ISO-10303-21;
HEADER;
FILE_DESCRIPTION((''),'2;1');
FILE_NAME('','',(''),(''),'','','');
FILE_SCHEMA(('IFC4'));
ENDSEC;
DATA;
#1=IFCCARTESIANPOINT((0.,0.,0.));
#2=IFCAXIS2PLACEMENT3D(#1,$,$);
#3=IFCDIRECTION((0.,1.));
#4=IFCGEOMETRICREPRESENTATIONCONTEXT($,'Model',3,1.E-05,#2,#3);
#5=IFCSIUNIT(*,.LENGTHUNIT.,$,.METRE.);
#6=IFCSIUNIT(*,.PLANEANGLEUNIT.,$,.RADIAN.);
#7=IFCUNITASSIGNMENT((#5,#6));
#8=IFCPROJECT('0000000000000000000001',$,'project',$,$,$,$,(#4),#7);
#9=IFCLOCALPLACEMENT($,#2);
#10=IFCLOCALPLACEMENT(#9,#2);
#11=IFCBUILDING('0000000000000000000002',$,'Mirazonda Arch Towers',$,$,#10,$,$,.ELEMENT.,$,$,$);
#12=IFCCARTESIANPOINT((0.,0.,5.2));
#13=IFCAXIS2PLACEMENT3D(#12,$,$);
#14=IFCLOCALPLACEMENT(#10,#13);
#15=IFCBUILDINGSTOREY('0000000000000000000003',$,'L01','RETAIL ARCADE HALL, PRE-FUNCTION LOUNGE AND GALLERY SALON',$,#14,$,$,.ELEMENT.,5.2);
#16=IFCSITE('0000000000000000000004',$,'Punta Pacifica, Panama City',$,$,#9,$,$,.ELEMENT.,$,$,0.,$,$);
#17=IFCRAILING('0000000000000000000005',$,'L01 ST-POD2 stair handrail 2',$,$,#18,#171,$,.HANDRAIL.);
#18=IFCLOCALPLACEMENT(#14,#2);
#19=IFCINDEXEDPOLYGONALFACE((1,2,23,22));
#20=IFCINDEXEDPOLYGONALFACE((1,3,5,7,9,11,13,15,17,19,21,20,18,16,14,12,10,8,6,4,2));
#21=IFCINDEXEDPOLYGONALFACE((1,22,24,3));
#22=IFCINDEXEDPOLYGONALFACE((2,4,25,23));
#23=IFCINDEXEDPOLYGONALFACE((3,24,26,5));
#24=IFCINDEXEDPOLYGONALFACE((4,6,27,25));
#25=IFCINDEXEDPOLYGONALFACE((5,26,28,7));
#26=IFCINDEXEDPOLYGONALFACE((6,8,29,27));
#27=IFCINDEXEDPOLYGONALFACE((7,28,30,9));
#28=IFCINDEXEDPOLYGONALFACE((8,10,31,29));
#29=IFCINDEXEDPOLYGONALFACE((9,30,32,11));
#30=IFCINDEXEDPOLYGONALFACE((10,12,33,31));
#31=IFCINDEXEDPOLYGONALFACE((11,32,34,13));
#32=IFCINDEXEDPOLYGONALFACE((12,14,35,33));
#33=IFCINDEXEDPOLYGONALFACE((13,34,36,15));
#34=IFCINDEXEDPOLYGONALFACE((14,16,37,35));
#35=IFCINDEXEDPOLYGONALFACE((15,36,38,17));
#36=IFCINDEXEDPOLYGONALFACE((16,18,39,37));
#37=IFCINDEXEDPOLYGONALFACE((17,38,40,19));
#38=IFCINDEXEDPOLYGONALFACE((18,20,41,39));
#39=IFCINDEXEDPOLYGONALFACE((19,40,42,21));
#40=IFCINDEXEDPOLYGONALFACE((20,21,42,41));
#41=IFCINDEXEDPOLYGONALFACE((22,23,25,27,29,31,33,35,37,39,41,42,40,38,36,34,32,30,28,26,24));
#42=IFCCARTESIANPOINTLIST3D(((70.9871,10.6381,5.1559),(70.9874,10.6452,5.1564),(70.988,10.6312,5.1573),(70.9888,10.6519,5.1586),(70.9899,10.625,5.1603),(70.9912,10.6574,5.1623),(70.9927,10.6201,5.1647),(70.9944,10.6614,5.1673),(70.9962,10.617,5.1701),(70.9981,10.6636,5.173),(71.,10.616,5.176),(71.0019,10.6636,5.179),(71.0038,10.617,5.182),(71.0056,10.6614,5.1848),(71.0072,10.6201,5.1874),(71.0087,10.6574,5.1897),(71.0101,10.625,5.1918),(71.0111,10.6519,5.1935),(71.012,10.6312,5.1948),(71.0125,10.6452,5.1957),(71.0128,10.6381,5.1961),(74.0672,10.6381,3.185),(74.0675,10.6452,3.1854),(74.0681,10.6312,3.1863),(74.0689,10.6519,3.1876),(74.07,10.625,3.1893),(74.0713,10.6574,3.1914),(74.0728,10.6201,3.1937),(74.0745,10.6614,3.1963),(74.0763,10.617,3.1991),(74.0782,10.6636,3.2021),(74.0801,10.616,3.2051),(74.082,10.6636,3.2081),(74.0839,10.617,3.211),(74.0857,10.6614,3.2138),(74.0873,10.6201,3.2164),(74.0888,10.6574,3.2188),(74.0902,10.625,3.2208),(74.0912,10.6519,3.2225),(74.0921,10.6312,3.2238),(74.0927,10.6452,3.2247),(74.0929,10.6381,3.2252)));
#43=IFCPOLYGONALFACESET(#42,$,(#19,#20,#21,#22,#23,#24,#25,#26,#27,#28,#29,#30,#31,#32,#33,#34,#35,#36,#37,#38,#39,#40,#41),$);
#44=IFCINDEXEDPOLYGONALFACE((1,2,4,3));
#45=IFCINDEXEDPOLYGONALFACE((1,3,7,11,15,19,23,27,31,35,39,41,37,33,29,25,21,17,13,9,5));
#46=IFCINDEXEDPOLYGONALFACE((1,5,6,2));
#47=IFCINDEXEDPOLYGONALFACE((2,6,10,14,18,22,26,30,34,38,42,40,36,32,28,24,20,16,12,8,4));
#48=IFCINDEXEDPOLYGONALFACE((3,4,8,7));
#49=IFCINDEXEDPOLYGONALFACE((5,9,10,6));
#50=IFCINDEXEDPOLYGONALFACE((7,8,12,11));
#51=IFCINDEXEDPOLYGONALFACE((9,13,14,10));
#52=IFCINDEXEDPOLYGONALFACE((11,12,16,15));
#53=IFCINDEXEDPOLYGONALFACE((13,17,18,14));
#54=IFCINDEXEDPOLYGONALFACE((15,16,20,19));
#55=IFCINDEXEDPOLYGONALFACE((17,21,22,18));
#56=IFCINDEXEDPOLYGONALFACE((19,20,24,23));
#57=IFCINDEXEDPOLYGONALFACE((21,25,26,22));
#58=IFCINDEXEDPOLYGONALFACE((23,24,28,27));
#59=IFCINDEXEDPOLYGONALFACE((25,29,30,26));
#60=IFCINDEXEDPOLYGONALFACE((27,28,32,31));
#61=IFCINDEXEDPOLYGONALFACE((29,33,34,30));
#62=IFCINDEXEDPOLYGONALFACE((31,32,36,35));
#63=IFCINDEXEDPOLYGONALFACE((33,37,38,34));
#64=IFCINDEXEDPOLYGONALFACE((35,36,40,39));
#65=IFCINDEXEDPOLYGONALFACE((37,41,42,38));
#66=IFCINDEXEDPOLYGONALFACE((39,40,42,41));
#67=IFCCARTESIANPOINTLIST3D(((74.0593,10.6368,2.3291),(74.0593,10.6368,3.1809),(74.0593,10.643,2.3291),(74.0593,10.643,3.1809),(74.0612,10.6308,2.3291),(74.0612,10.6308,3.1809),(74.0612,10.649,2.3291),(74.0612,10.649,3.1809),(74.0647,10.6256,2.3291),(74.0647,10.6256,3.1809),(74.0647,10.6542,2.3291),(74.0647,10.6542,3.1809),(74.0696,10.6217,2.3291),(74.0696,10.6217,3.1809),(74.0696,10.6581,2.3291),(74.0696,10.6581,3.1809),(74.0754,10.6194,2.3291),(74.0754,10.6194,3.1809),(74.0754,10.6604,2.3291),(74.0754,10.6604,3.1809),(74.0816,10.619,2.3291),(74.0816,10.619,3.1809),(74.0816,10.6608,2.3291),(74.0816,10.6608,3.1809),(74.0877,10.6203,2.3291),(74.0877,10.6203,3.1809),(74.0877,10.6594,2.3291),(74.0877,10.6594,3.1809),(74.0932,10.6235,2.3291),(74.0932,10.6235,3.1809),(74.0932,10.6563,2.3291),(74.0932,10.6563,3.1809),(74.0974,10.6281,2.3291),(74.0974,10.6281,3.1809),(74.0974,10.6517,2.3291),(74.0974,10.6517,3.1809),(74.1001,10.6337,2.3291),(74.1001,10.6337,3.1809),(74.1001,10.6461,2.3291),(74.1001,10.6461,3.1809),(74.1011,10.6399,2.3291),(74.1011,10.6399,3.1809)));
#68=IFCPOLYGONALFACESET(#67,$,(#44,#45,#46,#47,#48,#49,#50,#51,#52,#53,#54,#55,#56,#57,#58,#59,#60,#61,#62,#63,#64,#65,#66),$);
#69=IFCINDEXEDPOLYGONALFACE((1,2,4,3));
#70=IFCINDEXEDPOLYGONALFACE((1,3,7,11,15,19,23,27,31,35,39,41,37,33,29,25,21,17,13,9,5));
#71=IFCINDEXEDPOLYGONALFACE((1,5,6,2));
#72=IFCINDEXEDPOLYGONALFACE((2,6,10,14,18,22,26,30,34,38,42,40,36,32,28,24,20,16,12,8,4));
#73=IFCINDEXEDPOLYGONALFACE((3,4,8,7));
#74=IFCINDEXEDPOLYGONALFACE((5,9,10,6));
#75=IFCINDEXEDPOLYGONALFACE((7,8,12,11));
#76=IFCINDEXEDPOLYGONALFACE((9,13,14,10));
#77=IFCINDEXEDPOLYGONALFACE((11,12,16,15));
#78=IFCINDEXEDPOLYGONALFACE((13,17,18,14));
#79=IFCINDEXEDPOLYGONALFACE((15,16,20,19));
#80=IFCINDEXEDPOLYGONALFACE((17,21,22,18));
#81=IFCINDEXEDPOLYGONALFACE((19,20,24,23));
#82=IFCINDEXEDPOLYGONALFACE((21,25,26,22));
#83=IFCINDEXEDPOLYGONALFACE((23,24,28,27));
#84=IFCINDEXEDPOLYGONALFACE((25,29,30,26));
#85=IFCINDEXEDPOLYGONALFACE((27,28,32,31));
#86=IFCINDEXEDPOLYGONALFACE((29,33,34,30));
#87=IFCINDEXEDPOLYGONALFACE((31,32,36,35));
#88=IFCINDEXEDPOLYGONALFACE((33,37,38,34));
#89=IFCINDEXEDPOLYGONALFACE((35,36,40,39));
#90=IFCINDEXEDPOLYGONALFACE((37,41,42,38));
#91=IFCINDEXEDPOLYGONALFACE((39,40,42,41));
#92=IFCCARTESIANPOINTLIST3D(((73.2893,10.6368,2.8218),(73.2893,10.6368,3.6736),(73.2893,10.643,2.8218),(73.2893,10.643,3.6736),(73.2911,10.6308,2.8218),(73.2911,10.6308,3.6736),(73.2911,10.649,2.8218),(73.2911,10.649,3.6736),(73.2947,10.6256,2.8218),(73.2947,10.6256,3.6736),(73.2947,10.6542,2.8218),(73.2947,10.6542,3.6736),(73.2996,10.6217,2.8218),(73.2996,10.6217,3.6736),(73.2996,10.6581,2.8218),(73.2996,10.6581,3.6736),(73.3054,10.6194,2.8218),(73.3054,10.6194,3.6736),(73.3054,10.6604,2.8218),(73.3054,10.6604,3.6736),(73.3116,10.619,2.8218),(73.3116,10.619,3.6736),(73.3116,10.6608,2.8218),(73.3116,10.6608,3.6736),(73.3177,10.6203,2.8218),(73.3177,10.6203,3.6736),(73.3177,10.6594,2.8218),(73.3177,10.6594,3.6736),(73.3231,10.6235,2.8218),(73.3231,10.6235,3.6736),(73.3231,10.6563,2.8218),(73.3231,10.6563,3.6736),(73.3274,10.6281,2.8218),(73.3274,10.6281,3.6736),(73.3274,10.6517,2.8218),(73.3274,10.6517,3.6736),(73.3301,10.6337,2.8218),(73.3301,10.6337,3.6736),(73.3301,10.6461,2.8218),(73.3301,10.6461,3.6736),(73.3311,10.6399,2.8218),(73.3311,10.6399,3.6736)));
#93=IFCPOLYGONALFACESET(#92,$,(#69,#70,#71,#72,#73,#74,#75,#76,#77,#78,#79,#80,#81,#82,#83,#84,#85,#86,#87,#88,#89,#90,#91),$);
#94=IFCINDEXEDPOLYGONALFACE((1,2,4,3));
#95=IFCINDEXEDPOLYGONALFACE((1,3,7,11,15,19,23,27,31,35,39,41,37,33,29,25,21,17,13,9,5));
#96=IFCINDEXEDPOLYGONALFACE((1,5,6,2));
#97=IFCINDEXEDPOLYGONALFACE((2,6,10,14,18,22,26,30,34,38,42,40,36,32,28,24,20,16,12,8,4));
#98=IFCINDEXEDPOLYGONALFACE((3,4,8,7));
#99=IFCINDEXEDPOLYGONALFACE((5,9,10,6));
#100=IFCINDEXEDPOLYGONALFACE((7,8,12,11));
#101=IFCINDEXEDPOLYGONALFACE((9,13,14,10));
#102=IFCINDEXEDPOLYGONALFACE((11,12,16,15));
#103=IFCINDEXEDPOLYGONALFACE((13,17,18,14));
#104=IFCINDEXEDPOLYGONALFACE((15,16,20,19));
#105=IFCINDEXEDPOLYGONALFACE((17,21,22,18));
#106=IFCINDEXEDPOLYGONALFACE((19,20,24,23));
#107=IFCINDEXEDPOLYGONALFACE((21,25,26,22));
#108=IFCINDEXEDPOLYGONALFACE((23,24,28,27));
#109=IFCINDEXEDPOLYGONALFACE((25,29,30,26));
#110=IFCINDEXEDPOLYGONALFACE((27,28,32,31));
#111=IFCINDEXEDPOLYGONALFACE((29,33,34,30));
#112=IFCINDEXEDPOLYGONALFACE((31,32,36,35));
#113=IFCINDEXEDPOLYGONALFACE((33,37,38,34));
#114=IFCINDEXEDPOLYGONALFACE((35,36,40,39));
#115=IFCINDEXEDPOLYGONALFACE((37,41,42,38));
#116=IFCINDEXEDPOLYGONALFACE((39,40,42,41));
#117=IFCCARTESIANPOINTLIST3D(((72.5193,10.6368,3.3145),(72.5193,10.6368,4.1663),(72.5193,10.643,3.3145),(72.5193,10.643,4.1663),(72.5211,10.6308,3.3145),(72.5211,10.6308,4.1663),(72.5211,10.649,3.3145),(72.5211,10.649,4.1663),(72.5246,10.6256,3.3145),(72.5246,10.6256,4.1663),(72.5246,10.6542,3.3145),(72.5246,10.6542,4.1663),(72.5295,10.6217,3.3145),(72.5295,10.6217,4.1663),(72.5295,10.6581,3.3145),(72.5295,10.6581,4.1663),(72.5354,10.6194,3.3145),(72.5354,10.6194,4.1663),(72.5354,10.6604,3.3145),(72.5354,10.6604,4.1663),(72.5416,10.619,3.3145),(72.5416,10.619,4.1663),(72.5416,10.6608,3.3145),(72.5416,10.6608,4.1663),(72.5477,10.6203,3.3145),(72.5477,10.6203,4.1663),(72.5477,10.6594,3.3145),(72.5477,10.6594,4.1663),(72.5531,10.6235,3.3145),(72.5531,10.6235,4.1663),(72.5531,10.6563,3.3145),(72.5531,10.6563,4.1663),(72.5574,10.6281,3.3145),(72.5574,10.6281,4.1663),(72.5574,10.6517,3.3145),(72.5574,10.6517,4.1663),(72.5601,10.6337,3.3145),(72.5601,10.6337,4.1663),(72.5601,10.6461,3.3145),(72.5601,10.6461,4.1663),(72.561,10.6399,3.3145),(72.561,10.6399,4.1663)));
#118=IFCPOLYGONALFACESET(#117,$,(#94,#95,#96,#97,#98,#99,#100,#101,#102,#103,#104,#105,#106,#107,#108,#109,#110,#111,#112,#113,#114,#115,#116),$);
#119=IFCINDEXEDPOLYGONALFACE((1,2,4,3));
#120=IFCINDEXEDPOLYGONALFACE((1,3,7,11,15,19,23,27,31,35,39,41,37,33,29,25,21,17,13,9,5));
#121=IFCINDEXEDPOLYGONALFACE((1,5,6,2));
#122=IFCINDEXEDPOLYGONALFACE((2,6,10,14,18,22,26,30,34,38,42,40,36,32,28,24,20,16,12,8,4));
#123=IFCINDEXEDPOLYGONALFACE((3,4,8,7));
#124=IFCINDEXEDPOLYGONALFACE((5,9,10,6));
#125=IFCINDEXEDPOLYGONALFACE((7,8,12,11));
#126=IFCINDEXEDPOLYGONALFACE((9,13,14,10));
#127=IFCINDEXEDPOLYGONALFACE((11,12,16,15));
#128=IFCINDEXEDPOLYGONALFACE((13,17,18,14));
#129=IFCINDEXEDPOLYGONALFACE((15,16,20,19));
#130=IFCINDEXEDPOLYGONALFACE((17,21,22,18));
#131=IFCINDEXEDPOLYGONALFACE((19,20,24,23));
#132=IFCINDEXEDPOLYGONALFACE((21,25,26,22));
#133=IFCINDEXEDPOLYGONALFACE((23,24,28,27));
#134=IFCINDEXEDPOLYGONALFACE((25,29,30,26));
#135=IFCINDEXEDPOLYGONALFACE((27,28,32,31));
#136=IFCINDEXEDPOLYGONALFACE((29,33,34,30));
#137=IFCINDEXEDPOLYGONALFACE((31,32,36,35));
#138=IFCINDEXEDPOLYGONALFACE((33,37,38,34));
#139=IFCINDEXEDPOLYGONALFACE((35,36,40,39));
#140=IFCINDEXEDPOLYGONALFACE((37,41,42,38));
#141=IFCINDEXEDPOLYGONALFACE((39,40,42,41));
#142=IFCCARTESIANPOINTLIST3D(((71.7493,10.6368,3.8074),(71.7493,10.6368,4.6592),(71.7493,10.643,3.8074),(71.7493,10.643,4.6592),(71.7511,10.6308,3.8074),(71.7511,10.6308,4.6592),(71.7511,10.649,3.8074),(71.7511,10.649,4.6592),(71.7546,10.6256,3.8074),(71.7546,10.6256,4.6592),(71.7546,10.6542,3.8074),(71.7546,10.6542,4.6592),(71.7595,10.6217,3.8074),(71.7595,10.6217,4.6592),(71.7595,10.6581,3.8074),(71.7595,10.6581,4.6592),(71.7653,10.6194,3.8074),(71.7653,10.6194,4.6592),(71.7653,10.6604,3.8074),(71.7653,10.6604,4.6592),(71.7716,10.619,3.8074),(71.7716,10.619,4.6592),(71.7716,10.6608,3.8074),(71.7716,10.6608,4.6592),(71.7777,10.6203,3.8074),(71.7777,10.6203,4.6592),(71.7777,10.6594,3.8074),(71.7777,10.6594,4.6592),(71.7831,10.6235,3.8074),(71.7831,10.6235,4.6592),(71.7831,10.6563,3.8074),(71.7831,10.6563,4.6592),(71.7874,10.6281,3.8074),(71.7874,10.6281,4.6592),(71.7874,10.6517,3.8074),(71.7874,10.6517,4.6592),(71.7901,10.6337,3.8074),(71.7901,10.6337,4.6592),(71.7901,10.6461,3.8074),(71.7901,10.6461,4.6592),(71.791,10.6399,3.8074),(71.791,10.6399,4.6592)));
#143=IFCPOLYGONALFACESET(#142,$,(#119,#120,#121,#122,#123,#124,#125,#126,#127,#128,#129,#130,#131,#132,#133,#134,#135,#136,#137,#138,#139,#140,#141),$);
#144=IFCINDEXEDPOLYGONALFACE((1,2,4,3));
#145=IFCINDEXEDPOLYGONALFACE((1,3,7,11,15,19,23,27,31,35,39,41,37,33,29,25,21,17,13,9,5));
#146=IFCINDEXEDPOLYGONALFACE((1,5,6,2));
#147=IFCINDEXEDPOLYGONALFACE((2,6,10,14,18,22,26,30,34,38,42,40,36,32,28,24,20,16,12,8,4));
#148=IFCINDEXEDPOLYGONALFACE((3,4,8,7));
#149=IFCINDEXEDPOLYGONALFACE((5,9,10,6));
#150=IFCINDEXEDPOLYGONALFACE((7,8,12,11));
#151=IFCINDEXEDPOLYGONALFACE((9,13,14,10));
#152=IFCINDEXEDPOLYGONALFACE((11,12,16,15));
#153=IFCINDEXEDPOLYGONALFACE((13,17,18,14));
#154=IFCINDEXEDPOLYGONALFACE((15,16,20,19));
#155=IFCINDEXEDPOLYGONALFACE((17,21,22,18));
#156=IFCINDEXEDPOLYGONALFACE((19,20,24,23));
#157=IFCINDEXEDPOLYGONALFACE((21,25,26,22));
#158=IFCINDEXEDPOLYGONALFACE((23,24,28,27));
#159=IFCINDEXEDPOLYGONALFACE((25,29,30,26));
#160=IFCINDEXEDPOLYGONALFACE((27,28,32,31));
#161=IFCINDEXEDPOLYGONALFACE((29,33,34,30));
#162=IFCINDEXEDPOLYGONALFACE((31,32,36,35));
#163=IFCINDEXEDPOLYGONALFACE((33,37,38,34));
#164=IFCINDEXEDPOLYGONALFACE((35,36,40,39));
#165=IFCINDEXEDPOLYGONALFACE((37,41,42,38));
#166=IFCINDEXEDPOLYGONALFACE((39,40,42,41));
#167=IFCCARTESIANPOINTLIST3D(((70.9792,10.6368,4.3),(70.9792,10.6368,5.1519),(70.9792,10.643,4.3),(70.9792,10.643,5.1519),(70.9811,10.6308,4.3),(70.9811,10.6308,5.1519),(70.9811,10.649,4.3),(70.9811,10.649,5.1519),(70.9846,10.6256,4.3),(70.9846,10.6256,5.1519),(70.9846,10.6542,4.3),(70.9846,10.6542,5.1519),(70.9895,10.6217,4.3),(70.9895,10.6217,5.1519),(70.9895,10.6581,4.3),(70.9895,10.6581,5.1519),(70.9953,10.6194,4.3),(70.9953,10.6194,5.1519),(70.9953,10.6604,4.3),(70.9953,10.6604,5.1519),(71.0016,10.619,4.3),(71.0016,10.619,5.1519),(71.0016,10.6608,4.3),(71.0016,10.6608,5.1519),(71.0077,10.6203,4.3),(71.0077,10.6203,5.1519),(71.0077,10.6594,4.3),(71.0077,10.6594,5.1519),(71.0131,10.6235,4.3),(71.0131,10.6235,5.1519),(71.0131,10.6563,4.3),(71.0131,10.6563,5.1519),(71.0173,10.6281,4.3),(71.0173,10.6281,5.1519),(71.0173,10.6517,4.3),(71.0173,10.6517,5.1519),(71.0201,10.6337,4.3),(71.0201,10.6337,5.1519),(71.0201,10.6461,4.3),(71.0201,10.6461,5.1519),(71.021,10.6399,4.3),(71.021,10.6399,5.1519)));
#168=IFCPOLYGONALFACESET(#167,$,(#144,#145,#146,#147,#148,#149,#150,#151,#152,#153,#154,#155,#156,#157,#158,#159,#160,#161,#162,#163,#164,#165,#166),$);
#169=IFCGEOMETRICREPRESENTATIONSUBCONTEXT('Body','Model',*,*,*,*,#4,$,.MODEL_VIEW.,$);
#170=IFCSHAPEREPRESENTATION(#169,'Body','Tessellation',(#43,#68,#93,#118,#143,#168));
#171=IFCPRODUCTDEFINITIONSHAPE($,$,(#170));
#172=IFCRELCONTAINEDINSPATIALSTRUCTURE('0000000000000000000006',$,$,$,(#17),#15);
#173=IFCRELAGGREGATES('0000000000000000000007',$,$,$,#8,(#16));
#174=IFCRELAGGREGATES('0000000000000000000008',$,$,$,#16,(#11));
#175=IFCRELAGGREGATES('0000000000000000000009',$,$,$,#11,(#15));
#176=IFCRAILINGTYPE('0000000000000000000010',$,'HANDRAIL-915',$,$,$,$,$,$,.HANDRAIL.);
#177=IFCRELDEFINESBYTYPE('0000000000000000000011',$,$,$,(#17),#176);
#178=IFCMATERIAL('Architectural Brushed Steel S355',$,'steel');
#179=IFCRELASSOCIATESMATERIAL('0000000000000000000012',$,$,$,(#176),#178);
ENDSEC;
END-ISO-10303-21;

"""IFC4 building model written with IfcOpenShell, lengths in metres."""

from ifc_helpers import new_model, si_unit, direction, frame, origin, origin_2d, place, context, subcontext, project, spatial, circle, extrude, material, type_object, element, save


model = new_model("IFC4")

# Units and contexts
model_context = context("Model", 3, precision=1e-05, world=origin(), true_north=direction((0.0, 1.0)))
body_context = subcontext(model_context, "Body", "Model", "MODEL_VIEW")
ifc_project = project(units=[si_unit("LENGTHUNIT", "METRE"), si_unit("PLANEANGLEUNIT", "RADIAN")], contexts=[model_context])

# Site, building, storey
site_placement = place(None, origin())
site = spatial("IfcSite", under=ifc_project, at=site_placement, Name="Punta Pacifica, Panama City", CompositionType="ELEMENT", RefElevation=0.0)
building_placement = place(site_placement, origin())
building = spatial("IfcBuilding", under=site, at=building_placement, Name="Mirazonda Arch Towers", CompositionType="ELEMENT")
storey_placement = place(building_placement, frame((0.0, 0.0, 5.2)))
storey = spatial("IfcBuildingStorey", under=building, at=storey_placement, Name="L01", Description="RETAIL ARCADE HALL, PRE-FUNCTION LOUNGE AND GALLERY SALON", CompositionType="ELEMENT", Elevation=5.2)

# Railing
ifc_material_1 = material(Name="Architectural Brushed Steel S355", Category="steel")
railing_type_1 = type_object("IfcRailingType", Name="HANDRAIL-915", PredefinedType="HANDRAIL", material=ifc_material_1)
railing_1_placement = place(storey_placement, frame((74.0801, 10.6399, 2.3291)))
element("IfcRailing", 1, at=railing_1_placement, inside=storey, type_object=railing_type_1, Name="L01 ST-POD2 stair handrail 2", PredefinedType="HANDRAIL", context=body_context, shape_type="SweptSolid", body=[
    extrude(circle(Radius=0.0239, at=origin_2d()), frame((0.0, 0.0, 0.876), z_axis=(-0.842309, 0.0, 0.538995), x_axis=(0.0, -1.0, 0.0)), (0.0, 0.0, 1.0), 3.6567),
    extrude(circle(Radius=0.021, at=origin_2d()), origin(), (0.0, 0.0, 1.0), 0.8518),
    extrude(circle(Radius=0.021, at=origin_2d()), frame((-0.77, 0.0, 0.4927)), (0.0, 0.0, 1.0), 0.8518),
    extrude(circle(Radius=0.021, at=origin_2d()), frame((-1.54, 0.0, 0.9854)), (0.0, 0.0, 1.0), 0.8518),
    extrude(circle(Radius=0.021, at=origin_2d()), frame((-2.3101, 0.0, 1.4783)), (0.0, 0.0, 1.0), 0.8518),
    extrude(circle(Radius=0.021, at=origin_2d()), frame((-3.0801, 0.0, 1.9709)), (0.0, 0.0, 1.0), 0.8518),
])

save(model, "model.ifc")
